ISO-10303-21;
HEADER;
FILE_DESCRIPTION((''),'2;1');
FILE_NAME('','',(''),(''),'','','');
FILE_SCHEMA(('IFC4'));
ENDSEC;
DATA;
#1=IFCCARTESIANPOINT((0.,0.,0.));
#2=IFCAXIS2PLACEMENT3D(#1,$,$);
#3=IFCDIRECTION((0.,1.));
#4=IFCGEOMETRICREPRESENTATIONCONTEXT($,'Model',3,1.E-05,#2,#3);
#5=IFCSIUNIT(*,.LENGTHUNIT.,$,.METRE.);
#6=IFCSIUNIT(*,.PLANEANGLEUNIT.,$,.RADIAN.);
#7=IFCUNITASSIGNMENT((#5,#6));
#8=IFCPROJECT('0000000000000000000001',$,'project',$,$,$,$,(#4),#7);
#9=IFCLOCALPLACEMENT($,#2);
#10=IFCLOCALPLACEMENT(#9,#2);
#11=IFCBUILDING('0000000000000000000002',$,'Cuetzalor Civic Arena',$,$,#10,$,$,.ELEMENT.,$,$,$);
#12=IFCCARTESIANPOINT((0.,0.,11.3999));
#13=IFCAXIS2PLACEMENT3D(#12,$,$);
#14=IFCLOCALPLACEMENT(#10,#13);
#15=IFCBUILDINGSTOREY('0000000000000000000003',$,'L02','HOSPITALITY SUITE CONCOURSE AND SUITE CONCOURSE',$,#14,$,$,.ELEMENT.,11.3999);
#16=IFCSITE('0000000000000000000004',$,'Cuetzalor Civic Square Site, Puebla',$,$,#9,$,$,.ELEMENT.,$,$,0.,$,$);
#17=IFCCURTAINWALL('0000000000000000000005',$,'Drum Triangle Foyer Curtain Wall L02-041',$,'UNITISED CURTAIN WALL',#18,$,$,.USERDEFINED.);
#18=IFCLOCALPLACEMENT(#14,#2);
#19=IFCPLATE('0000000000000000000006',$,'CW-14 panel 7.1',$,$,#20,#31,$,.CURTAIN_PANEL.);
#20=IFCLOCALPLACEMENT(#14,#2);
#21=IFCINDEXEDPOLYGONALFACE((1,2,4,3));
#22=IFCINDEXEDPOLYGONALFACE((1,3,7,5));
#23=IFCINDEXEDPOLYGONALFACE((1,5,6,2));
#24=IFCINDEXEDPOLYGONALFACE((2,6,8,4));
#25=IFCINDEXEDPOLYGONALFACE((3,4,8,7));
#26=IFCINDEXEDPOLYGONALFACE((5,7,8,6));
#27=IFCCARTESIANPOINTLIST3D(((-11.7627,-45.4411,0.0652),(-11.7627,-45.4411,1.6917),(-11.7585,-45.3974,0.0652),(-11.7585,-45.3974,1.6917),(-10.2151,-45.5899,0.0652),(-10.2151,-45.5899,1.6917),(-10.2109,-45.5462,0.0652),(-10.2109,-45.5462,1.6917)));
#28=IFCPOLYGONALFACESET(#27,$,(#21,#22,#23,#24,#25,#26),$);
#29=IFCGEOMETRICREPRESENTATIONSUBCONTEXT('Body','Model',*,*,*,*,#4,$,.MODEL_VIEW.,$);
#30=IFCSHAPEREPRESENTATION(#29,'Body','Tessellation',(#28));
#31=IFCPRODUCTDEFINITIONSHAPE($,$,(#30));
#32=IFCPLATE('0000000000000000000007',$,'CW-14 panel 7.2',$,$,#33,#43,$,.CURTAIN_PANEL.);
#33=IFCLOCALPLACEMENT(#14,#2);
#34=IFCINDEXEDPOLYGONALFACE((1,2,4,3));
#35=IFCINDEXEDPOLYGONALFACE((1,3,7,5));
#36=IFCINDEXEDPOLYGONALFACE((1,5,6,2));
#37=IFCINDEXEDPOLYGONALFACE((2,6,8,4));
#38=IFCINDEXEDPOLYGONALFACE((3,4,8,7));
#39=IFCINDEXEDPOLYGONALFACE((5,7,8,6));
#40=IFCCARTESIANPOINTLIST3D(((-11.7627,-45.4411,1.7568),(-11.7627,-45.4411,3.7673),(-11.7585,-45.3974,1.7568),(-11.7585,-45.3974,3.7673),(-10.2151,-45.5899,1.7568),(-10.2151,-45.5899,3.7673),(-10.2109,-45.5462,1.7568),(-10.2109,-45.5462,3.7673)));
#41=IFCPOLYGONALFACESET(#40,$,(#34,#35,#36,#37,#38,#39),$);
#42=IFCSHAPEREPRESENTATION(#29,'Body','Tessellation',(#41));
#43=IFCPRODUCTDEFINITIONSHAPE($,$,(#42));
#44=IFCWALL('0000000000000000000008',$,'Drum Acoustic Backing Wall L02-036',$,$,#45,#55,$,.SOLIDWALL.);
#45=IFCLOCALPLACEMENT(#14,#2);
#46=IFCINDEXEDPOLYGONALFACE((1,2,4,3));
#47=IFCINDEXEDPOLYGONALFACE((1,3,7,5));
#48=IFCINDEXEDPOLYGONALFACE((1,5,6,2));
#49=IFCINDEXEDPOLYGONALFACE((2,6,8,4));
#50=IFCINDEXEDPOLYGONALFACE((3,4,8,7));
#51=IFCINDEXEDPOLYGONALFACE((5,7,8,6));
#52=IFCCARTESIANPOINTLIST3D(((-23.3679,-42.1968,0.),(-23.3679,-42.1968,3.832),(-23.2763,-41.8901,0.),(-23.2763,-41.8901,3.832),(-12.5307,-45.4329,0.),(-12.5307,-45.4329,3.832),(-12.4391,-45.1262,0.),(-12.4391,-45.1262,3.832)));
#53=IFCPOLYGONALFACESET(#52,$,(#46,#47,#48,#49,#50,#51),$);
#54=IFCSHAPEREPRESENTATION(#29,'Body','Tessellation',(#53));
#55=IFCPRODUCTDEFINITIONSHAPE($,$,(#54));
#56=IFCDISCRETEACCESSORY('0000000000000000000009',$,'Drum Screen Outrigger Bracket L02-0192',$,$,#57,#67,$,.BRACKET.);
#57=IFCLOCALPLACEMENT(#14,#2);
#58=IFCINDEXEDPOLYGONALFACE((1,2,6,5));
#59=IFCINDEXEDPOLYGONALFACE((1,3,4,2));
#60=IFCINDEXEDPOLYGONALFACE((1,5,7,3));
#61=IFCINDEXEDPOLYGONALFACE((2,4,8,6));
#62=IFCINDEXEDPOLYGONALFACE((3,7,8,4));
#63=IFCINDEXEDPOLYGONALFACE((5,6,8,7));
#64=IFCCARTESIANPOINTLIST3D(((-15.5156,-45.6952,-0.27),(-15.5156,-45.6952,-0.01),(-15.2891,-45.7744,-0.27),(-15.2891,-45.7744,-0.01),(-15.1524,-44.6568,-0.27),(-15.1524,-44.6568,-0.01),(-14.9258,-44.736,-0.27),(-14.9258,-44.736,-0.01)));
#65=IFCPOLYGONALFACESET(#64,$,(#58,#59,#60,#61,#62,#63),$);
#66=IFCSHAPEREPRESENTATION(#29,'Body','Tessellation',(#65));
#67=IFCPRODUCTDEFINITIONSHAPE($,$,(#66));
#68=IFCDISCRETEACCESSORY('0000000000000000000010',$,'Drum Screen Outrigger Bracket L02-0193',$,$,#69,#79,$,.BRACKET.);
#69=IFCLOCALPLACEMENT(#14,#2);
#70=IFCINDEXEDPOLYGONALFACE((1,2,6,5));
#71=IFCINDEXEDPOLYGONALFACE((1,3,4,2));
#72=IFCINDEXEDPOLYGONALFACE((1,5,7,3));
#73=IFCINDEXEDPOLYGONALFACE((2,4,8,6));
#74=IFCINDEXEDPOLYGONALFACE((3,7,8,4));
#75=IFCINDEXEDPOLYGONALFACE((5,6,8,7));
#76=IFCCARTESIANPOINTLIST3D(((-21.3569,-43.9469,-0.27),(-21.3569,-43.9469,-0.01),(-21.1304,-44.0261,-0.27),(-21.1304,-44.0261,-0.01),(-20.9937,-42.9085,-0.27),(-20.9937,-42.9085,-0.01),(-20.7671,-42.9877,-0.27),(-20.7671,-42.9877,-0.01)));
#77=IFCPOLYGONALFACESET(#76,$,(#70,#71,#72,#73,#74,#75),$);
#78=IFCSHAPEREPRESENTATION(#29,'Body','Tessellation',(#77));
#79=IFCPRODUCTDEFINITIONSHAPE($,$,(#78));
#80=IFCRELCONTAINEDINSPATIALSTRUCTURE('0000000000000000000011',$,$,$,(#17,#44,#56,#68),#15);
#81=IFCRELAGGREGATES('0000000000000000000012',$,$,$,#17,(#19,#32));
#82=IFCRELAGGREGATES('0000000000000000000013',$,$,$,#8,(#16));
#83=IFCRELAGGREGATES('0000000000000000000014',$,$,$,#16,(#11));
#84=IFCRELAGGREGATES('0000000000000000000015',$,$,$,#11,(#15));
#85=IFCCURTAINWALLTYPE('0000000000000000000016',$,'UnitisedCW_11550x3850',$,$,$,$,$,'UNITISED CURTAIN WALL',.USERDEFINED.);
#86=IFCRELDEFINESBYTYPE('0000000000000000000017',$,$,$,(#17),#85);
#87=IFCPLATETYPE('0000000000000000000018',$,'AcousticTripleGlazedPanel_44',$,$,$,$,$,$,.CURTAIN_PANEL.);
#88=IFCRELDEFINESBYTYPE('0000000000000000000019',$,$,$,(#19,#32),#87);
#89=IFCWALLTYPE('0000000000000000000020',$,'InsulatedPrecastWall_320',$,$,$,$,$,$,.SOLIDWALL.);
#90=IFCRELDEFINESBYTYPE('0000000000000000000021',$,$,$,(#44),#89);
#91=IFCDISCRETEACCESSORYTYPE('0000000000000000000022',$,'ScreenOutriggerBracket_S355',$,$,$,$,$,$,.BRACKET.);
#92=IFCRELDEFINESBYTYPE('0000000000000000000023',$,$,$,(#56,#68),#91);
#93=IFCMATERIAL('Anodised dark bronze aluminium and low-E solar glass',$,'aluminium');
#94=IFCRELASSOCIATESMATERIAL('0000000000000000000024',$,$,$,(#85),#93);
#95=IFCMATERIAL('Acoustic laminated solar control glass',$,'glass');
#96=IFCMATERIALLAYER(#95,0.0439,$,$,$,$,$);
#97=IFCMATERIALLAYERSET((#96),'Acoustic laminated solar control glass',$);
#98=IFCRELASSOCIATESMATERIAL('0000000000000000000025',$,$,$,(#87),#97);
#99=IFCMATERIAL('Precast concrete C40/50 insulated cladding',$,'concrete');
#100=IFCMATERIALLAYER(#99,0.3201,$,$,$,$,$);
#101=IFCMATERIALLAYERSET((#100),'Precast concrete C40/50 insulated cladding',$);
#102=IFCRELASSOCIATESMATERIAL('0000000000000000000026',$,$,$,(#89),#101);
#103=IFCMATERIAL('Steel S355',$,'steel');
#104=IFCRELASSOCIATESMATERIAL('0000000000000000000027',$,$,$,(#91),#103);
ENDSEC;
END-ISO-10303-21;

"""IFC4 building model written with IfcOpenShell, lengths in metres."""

from ifc_helpers import new_model, si_unit, direction, frame, frame_2d, origin, origin_2d, place, context, subcontext, project, spatial, rectangle, extrude, material, layer, layer_set, type_object, element, aggregate, save


model = new_model("IFC4")

# Units and contexts
model_context = context("Model", 3, precision=1e-05, world=origin(), true_north=direction((0.0, 1.0)))
body_context = subcontext(model_context, "Body", "Model", "MODEL_VIEW")
ifc_project = project(units=[si_unit("LENGTHUNIT", "METRE"), si_unit("PLANEANGLEUNIT", "RADIAN")], contexts=[model_context])

# Site, building, storey
site_placement = place(None, origin())
site = spatial("IfcSite", under=ifc_project, at=site_placement, Name="Cuetzalor Civic Square Site, Puebla", CompositionType="ELEMENT", RefElevation=0.0)
building_placement = place(site_placement, origin())
building = spatial("IfcBuilding", under=site, at=building_placement, Name="Cuetzalor Civic Arena", CompositionType="ELEMENT")
storey_placement = place(building_placement, frame((0.0, 0.0, 11.3999)))
storey = spatial("IfcBuildingStorey", under=building, at=storey_placement, Name="L02", Description="HOSPITALITY SUITE CONCOURSE AND SUITE CONCOURSE", CompositionType="ELEMENT", Elevation=11.3999)

# Curtain wall
ifc_material_1 = material(Name="Anodised dark bronze aluminium and low-E solar glass", Category="aluminium")
curtain_wall_type_1 = type_object("IfcCurtainWallType", Name="UnitisedCW_11550x3850", ElementType="UNITISED CURTAIN WALL", PredefinedType="USERDEFINED", material=ifc_material_1)
curtain_wall_1_placement = place(storey_placement, origin())
curtain_wall_1 = element("IfcCurtainWall", 1, at=curtain_wall_1_placement, inside=storey, type_object=curtain_wall_type_1, Name="Drum Triangle Foyer Curtain Wall L02-041", ObjectType="UNITISED CURTAIN WALL", PredefinedType="USERDEFINED")

# Plates
ifc_material_2 = material(Name="Acoustic laminated solar control glass", Category="glass")
ifc_layer_1 = layer(ifc_material_2, 0.0439)
ifc_layer_set_1 = layer_set([ifc_layer_1], Name="Acoustic laminated solar control glass")
plate_type = type_object("IfcPlateType", Name="AcousticTripleGlazedPanel_44", PredefinedType="CURTAIN_PANEL", material=ifc_layer_set_1)
plate_1_placement = place(storey_placement, frame((-10.9868, -45.4937, 0.0652), z_axis=(0.0, 0.0, 1.0), x_axis=(-0.995409, 0.095711, 0.0)))
plate_1 = element("IfcPlate", 2, at=plate_1_placement, type_object=plate_type, Name="CW-14 panel 7.1", PredefinedType="CURTAIN_PANEL", context=body_context, shape_type="SweptSolid", body=[
    extrude(rectangle(XDim=1.5547, YDim=0.0439, at=origin_2d()), origin(), (0.0, 0.0, 1.0), 1.6265),
])
plate_2_placement = place(storey_placement, frame((-10.9868, -45.4937, 1.7568), z_axis=(0.0, 0.0, 1.0), x_axis=(-0.995409, 0.095711, 0.0)))
plate_2 = element("IfcPlate", 3, at=plate_2_placement, type_object=plate_type, Name="CW-14 panel 7.2", PredefinedType="CURTAIN_PANEL", context=body_context, shape_type="SweptSolid", body=[
    extrude(rectangle(XDim=1.5547, YDim=0.0439, at=origin_2d()), origin(), (0.0, 0.0, 1.0), 2.0105),
])
aggregate(curtain_wall_1, [plate_1, plate_2])

# Wall
ifc_material_3 = material(Name="Precast concrete C40/50 insulated cladding", Category="concrete")
ifc_layer_2 = layer(ifc_material_3, 0.3201)
ifc_layer_set_2 = layer_set([ifc_layer_2], Name="Precast concrete C40/50 insulated cladding")
wall_type = type_object("IfcWallType", Name="InsulatedPrecastWall_320", PredefinedType="SOLIDWALL", material=ifc_layer_set_2)
wall_placement = place(storey_placement, frame((-12.4849, -45.2795, 0.0), z_axis=(0.0, 0.0, 1.0), x_axis=(-0.958192, 0.286126, 0.0)))
element("IfcWall", 4, at=wall_placement, inside=storey, type_object=wall_type, Name="Drum Acoustic Backing Wall L02-036", PredefinedType="SOLIDWALL", context=body_context, shape_type="SweptSolid", body=[
    extrude(rectangle(XDim=11.3101, YDim=0.3201, at=frame_2d((5.655, 0.0))), origin(), (0.0, 0.0, 1.0), 3.832),
])

# Discrete accessories
ifc_material_4 = material(Name="Steel S355", Category="steel")
discrete_accessory_type = type_object("IfcDiscreteAccessoryType", Name="ScreenOutriggerBracket_S355", PredefinedType="BRACKET", material=ifc_material_4)
for number, where, z_axis, x_axis, name in (
    (5, (-15.2207, -45.2156, -0.27), (0.0, 0.0, 1.0), (-0.330185, -0.943916, 0.0), "Drum Screen Outrigger Bracket L02-0192"),
    (6, (-21.062, -43.4673, -0.27), (0.0, 0.0, 1.0), (-0.330185, -0.943916, 0.0), "Drum Screen Outrigger Bracket L02-0193"),
):
    element("IfcDiscreteAccessory", number, at=place(storey_placement, frame(where, z_axis=z_axis, x_axis=x_axis)), inside=storey, type_object=discrete_accessory_type, Name=name, PredefinedType="BRACKET", context=body_context, shape_type="SweptSolid", body=[
        extrude(rectangle(XDim=1.1001, YDim=0.24, at=origin_2d()), origin(), (0.0, 0.0, 1.0), 0.26),
    ])

save(model, "model.ifc")
